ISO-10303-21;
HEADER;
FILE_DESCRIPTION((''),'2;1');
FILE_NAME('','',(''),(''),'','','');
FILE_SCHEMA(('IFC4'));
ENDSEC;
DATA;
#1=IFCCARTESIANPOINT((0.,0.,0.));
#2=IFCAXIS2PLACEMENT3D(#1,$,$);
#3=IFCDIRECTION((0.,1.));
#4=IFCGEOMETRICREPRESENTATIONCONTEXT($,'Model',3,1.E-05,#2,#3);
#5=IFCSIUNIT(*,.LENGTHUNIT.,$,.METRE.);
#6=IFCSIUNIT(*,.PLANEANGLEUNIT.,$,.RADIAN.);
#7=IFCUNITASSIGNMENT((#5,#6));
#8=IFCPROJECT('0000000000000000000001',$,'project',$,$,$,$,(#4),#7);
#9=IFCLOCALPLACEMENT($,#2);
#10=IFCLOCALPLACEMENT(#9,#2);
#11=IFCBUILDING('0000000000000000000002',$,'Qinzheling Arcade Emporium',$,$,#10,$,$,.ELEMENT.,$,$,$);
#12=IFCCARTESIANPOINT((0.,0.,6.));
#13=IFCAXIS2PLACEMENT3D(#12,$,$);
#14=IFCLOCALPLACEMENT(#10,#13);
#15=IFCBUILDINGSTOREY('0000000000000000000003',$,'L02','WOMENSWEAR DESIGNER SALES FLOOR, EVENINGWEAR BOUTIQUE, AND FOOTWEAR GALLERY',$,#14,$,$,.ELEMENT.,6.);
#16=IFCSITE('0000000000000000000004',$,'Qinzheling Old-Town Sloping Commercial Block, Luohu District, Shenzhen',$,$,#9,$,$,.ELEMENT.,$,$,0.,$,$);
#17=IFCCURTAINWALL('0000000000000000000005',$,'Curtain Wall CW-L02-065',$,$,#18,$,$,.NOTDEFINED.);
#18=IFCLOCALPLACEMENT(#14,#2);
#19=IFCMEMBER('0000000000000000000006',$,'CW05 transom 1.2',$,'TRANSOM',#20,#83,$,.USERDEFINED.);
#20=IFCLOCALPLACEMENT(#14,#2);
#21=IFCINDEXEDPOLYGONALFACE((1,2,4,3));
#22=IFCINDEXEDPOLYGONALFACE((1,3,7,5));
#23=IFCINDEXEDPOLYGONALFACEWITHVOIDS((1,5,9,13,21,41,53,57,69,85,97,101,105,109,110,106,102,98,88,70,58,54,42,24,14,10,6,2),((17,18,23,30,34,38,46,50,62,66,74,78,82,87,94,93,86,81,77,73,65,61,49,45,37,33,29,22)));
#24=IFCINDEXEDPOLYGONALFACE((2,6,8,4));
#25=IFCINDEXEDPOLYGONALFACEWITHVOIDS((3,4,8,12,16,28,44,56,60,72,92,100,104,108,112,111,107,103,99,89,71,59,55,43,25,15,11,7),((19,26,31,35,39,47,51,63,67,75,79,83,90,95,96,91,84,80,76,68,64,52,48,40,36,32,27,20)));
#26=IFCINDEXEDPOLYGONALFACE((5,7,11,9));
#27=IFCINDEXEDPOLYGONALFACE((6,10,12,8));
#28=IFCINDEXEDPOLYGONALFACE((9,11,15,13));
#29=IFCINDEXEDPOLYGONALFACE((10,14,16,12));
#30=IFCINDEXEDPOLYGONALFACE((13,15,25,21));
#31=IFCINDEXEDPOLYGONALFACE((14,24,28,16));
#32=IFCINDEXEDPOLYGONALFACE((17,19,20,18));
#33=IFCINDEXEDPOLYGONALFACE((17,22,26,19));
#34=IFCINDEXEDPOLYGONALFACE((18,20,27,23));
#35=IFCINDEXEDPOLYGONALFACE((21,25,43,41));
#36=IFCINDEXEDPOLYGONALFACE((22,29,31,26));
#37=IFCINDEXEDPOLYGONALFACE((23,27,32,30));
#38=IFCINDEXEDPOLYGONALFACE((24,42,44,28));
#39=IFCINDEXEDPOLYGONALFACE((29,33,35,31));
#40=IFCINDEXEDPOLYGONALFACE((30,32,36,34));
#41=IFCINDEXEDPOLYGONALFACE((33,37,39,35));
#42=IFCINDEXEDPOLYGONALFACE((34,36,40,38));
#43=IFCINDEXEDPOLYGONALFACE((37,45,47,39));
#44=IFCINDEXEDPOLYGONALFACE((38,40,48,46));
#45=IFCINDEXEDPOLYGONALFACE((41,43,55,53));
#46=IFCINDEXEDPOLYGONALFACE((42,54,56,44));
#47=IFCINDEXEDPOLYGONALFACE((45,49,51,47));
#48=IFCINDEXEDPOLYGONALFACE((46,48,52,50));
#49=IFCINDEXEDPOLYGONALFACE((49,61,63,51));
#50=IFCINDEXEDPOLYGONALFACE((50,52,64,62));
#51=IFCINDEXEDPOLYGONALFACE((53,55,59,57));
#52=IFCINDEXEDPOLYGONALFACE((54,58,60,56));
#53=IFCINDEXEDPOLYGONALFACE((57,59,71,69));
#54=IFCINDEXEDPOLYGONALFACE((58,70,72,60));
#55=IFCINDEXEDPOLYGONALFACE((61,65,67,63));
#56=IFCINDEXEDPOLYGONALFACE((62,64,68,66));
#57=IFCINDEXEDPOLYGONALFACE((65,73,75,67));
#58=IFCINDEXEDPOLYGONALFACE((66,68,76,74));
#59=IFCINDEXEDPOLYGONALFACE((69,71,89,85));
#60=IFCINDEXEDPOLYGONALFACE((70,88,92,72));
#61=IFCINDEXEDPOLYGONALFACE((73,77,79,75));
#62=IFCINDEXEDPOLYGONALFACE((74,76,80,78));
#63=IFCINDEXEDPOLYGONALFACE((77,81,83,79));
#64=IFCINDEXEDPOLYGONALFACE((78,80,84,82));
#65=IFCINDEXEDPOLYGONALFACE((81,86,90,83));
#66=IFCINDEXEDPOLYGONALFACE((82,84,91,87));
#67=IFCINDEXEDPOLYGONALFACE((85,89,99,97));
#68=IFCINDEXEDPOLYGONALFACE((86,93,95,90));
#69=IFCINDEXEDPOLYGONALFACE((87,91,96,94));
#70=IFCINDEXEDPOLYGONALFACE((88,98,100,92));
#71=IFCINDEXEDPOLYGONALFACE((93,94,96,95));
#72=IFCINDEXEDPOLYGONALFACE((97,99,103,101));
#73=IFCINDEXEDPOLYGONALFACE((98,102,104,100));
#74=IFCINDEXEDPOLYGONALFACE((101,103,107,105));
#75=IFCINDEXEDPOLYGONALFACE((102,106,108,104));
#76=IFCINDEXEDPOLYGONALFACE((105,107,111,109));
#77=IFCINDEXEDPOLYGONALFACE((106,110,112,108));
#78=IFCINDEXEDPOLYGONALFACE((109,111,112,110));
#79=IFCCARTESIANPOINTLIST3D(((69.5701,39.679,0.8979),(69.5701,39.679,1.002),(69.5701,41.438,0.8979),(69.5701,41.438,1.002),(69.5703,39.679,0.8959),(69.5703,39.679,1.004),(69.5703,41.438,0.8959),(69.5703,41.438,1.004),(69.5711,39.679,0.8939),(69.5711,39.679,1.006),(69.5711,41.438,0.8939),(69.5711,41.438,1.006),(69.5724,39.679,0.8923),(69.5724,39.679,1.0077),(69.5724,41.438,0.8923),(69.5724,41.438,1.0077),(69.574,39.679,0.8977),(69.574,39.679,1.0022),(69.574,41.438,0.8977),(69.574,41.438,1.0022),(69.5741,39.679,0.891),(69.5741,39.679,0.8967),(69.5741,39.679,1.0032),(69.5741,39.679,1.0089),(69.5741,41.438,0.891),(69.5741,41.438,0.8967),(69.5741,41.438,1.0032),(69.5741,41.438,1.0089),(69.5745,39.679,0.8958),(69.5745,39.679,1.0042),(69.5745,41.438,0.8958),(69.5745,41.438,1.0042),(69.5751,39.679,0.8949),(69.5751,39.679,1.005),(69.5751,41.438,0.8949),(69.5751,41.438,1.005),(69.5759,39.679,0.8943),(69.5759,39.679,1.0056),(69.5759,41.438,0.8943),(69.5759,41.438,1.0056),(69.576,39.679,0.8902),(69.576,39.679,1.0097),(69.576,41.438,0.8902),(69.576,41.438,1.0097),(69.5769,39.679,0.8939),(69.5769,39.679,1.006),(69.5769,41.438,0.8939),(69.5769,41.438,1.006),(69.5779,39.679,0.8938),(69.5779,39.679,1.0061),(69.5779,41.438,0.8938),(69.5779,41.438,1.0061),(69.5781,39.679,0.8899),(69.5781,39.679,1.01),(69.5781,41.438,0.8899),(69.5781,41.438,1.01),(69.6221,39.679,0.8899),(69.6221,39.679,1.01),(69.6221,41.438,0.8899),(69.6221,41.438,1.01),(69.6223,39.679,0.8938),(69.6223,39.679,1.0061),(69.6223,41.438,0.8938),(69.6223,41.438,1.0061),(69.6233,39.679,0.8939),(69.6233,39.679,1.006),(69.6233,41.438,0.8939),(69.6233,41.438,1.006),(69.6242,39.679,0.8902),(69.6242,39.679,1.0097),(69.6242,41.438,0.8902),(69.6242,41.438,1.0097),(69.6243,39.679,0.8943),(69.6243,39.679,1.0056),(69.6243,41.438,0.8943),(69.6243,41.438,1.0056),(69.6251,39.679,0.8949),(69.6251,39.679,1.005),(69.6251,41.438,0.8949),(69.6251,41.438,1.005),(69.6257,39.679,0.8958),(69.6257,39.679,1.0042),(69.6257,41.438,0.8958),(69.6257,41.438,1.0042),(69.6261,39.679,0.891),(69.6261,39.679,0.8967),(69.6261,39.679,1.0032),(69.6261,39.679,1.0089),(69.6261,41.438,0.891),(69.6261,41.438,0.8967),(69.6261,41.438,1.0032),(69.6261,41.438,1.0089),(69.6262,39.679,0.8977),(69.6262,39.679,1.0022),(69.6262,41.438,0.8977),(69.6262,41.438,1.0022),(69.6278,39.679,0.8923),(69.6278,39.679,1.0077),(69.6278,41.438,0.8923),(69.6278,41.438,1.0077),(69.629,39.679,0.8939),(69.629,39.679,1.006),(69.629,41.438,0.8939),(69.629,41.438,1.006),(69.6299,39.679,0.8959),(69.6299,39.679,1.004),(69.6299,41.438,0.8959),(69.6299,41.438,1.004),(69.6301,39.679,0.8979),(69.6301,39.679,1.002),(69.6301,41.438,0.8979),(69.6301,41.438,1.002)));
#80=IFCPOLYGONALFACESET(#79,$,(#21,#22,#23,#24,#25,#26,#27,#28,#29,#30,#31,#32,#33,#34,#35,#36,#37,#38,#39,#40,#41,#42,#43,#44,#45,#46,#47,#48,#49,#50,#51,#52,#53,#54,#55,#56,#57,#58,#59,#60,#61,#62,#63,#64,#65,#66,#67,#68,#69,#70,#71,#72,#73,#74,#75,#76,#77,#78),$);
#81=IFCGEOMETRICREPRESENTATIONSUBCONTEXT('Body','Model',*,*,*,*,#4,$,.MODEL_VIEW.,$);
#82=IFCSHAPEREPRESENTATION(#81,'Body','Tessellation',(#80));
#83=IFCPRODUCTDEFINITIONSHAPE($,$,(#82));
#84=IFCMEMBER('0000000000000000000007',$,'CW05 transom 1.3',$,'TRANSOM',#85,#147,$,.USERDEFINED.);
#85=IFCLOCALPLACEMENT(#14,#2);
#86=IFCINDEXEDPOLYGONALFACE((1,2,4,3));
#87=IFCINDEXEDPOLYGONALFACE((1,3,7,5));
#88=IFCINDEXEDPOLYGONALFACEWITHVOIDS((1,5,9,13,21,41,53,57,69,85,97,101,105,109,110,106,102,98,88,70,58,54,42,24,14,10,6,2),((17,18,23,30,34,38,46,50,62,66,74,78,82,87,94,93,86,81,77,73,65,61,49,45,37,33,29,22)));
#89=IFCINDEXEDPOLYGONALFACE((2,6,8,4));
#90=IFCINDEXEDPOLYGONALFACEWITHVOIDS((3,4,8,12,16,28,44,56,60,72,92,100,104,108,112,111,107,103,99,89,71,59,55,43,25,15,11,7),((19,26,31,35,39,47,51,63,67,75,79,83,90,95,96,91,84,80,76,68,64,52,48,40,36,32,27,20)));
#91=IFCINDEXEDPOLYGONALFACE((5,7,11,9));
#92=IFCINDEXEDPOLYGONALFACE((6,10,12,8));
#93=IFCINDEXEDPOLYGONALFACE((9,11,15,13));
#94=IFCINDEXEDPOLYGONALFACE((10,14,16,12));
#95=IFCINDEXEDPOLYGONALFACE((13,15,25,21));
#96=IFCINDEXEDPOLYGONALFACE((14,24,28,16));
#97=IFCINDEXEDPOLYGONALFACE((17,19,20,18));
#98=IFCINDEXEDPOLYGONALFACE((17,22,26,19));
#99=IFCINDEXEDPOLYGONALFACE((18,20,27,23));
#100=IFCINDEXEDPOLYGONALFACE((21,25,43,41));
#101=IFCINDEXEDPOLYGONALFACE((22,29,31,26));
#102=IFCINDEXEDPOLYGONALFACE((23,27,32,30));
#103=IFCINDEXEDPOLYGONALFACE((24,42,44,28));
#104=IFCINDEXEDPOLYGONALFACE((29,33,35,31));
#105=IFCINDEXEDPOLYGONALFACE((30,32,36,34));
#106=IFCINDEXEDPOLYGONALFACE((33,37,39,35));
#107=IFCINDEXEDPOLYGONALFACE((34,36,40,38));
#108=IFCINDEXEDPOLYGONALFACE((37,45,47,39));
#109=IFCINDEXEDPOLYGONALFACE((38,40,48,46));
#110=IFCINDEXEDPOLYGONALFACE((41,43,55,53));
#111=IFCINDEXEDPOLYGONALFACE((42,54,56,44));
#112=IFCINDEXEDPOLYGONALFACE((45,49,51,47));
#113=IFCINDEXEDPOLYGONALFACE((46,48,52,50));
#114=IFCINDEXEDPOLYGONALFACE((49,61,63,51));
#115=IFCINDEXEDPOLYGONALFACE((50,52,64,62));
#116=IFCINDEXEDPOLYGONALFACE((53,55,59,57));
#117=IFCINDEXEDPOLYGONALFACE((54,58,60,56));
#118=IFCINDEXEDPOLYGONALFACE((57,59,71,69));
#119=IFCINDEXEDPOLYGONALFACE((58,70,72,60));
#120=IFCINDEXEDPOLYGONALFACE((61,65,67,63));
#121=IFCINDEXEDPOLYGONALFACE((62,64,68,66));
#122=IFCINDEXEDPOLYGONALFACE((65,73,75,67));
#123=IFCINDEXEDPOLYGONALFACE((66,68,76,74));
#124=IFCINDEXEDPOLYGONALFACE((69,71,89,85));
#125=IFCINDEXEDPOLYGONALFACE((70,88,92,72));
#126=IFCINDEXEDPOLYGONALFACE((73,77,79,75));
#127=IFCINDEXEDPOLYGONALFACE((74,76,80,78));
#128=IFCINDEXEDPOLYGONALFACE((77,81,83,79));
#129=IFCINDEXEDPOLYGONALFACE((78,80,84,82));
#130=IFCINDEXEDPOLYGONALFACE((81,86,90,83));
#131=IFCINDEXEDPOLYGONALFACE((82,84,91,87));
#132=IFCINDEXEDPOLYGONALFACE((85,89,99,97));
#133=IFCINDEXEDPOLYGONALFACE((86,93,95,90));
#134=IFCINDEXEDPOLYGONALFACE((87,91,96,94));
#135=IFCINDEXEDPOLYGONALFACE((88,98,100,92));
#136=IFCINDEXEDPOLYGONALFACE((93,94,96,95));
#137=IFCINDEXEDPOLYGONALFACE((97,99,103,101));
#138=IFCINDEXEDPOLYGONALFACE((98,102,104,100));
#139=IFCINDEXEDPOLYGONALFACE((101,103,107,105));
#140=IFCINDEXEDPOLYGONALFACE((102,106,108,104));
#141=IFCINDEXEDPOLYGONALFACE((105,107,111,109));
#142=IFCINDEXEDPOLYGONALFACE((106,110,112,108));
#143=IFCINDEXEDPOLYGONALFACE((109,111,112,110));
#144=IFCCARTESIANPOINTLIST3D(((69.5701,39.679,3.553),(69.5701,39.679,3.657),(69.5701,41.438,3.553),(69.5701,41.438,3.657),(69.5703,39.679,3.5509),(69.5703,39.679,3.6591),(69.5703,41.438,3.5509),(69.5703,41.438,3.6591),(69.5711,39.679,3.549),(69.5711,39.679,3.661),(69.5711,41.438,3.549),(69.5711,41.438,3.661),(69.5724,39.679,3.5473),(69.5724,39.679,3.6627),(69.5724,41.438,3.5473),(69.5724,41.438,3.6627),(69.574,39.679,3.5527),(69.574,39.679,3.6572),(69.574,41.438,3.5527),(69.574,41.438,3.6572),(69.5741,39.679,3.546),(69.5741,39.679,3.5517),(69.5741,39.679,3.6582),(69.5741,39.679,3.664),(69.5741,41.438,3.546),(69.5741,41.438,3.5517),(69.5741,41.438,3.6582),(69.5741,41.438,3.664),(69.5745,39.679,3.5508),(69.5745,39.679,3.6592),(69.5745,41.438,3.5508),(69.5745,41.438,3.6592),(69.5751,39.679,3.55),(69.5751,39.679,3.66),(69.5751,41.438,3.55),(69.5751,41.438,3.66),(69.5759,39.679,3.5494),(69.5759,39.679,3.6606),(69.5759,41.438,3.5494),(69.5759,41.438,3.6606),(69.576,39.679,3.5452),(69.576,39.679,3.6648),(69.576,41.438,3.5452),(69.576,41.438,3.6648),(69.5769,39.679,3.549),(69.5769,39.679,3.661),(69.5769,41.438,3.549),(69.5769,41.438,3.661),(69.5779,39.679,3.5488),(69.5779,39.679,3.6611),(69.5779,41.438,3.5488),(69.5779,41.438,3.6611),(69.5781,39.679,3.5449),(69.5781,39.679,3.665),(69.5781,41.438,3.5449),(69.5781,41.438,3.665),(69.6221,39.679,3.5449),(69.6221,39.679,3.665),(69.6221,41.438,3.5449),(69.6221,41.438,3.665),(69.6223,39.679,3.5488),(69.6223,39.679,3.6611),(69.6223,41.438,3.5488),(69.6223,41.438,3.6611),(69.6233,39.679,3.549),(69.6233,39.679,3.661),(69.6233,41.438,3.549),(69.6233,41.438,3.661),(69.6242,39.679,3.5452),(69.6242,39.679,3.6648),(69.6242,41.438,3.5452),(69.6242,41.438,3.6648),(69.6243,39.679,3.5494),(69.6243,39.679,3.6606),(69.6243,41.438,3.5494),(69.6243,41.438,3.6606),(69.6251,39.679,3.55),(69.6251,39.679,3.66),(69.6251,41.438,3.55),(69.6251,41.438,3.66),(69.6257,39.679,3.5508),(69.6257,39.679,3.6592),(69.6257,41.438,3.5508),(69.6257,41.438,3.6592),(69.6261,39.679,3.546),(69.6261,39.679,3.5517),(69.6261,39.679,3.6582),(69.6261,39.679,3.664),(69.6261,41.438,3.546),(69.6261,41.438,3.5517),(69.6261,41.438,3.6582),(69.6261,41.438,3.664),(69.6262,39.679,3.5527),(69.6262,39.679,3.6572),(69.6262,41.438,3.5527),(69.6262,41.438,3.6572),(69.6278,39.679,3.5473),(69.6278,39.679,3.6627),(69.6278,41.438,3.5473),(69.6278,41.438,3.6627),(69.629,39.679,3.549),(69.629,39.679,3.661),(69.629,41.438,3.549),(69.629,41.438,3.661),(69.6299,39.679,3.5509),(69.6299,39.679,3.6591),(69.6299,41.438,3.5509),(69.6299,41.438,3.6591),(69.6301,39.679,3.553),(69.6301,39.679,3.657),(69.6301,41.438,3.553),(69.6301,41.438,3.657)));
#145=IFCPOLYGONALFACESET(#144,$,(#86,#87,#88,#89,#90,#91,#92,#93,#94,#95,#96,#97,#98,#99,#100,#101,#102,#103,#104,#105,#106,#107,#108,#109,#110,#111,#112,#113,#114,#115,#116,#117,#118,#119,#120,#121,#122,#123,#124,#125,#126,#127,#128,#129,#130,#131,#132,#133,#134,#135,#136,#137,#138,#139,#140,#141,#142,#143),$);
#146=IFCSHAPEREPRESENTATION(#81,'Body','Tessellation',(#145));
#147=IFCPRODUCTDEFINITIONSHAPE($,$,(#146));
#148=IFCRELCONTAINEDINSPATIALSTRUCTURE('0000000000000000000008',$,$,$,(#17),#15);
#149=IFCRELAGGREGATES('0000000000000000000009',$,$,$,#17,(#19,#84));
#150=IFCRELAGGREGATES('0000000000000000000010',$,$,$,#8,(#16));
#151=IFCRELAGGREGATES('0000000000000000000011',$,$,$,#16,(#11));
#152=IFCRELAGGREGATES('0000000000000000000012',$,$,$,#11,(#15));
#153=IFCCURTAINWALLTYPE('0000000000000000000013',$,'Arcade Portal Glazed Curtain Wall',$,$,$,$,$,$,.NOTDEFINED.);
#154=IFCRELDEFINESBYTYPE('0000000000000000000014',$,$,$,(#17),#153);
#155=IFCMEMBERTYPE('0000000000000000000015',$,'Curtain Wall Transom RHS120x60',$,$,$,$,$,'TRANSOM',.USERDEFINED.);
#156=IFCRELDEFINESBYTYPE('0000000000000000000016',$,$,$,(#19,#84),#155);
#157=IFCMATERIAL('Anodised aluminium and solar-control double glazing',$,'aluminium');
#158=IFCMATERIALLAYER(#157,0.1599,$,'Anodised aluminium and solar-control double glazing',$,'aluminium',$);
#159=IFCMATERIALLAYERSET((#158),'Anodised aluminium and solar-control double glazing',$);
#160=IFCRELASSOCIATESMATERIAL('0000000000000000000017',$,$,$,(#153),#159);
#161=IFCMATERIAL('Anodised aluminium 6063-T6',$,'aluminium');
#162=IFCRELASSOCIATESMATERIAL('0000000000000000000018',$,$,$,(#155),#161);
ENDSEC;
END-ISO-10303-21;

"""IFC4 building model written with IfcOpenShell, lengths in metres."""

from ifc_helpers import new_model, si_unit, direction, frame, origin, origin_2d, place, context, subcontext, project, spatial, hollow_rectangle, extrude, material, layer, layer_set, material_profile, profile_set, type_object, element, aggregate, save


model = new_model("IFC4")

# Units and contexts
model_context = context("Model", 3, precision=1e-05, world=origin(), true_north=direction((0.0, 1.0)))
body_context = subcontext(model_context, "Body", "Model", "MODEL_VIEW")
ifc_project = project(units=[si_unit("LENGTHUNIT", "METRE"), si_unit("PLANEANGLEUNIT", "RADIAN")], contexts=[model_context])

# Site, building, storey
site_placement = place(None, origin())
site = spatial("IfcSite", under=ifc_project, at=site_placement, Name="Qinzheling Old-Town Sloping Commercial Block, Luohu District, Shenzhen", CompositionType="ELEMENT", RefElevation=0.0)
building_placement = place(site_placement, origin())
building = spatial("IfcBuilding", under=site, at=building_placement, Name="Qinzheling Arcade Emporium", CompositionType="ELEMENT")
storey_placement = place(building_placement, frame((0.0, 0.0, 6.0)))
storey = spatial("IfcBuildingStorey", under=building, at=storey_placement, Name="L02", Description="WOMENSWEAR DESIGNER SALES FLOOR, EVENINGWEAR BOUTIQUE, AND FOOTWEAR GALLERY", CompositionType="ELEMENT", Elevation=6.0)

# Shared definitions
ifc_material_1 = material(Name="Anodised aluminium and solar-control double glazing", Category="aluminium")
ifc_material_2 = material(Name="Anodised aluminium 6063-T6", Category="aluminium")

# Curtain wall, members
ifc_layer_1 = layer(ifc_material_1, 0.1599, Name="Anodised aluminium and solar-control double glazing", Category="aluminium")
ifc_layer_set_1 = layer_set([ifc_layer_1], Name="Anodised aluminium and solar-control double glazing")
curtain_wall_type_1 = type_object("IfcCurtainWallType", Name="Arcade Portal Glazed Curtain Wall", PredefinedType="NOTDEFINED", material=ifc_layer_set_1)
curtain_wall_1_placement = place(storey_placement, origin())
curtain_wall_1 = element("IfcCurtainWall", 1, at=curtain_wall_1_placement, inside=storey, type_object=curtain_wall_type_1, Name="Curtain Wall CW-L02-065", PredefinedType="NOTDEFINED")
ifc_material_profile_1 = material_profile(ifc_material_2, hollow_rectangle(XDim=0.0601, YDim=0.1201, WallThickness=0.0039, InnerFilletRadius=0.0039, OuterFilletRadius=0.0081, at=origin_2d()), Name="RHS 120x60x4", Category="aluminium")
ifc_profile_set_1 = profile_set([ifc_material_profile_1], Name="Anodised aluminium 6063-T6")
member_type_1 = type_object("IfcMemberType", Name="Curtain Wall Transom RHS120x60", ElementType="TRANSOM", PredefinedType="USERDEFINED", material=ifc_profile_set_1)
member_1_placement = place(storey_placement, frame((69.6001, 41.438, 0.95), z_axis=(0.0, -1.0, 0.0), x_axis=(1.0, 0.0, 0.0)))
member_1 = element("IfcMember", 2, at=member_1_placement, type_object=member_type_1, Name="CW05 transom 1.2", ObjectType="TRANSOM", PredefinedType="USERDEFINED", context=body_context, shape_type="SweptSolid", body=[
    extrude(hollow_rectangle(XDim=0.0601, YDim=0.1201, WallThickness=0.0039, InnerFilletRadius=0.0039, OuterFilletRadius=0.0081, at=origin_2d()), origin(), (0.0, 0.0, 1.0), 1.759),
])
member_2_placement = place(storey_placement, frame((69.6001, 41.438, 3.605), z_axis=(0.0, -1.0, 0.0), x_axis=(1.0, 0.0, 0.0)))
member_2 = element("IfcMember", 3, at=member_2_placement, type_object=member_type_1, Name="CW05 transom 1.3", ObjectType="TRANSOM", PredefinedType="USERDEFINED", context=body_context, shape_type="SweptSolid", body=[
    extrude(hollow_rectangle(XDim=0.0601, YDim=0.1201, WallThickness=0.0039, InnerFilletRadius=0.0039, OuterFilletRadius=0.0081, at=origin_2d()), origin(), (0.0, 0.0, 1.0), 1.759),
])

aggregate(curtain_wall_1, [member_1, member_2])

save(model, "model.ifc")
